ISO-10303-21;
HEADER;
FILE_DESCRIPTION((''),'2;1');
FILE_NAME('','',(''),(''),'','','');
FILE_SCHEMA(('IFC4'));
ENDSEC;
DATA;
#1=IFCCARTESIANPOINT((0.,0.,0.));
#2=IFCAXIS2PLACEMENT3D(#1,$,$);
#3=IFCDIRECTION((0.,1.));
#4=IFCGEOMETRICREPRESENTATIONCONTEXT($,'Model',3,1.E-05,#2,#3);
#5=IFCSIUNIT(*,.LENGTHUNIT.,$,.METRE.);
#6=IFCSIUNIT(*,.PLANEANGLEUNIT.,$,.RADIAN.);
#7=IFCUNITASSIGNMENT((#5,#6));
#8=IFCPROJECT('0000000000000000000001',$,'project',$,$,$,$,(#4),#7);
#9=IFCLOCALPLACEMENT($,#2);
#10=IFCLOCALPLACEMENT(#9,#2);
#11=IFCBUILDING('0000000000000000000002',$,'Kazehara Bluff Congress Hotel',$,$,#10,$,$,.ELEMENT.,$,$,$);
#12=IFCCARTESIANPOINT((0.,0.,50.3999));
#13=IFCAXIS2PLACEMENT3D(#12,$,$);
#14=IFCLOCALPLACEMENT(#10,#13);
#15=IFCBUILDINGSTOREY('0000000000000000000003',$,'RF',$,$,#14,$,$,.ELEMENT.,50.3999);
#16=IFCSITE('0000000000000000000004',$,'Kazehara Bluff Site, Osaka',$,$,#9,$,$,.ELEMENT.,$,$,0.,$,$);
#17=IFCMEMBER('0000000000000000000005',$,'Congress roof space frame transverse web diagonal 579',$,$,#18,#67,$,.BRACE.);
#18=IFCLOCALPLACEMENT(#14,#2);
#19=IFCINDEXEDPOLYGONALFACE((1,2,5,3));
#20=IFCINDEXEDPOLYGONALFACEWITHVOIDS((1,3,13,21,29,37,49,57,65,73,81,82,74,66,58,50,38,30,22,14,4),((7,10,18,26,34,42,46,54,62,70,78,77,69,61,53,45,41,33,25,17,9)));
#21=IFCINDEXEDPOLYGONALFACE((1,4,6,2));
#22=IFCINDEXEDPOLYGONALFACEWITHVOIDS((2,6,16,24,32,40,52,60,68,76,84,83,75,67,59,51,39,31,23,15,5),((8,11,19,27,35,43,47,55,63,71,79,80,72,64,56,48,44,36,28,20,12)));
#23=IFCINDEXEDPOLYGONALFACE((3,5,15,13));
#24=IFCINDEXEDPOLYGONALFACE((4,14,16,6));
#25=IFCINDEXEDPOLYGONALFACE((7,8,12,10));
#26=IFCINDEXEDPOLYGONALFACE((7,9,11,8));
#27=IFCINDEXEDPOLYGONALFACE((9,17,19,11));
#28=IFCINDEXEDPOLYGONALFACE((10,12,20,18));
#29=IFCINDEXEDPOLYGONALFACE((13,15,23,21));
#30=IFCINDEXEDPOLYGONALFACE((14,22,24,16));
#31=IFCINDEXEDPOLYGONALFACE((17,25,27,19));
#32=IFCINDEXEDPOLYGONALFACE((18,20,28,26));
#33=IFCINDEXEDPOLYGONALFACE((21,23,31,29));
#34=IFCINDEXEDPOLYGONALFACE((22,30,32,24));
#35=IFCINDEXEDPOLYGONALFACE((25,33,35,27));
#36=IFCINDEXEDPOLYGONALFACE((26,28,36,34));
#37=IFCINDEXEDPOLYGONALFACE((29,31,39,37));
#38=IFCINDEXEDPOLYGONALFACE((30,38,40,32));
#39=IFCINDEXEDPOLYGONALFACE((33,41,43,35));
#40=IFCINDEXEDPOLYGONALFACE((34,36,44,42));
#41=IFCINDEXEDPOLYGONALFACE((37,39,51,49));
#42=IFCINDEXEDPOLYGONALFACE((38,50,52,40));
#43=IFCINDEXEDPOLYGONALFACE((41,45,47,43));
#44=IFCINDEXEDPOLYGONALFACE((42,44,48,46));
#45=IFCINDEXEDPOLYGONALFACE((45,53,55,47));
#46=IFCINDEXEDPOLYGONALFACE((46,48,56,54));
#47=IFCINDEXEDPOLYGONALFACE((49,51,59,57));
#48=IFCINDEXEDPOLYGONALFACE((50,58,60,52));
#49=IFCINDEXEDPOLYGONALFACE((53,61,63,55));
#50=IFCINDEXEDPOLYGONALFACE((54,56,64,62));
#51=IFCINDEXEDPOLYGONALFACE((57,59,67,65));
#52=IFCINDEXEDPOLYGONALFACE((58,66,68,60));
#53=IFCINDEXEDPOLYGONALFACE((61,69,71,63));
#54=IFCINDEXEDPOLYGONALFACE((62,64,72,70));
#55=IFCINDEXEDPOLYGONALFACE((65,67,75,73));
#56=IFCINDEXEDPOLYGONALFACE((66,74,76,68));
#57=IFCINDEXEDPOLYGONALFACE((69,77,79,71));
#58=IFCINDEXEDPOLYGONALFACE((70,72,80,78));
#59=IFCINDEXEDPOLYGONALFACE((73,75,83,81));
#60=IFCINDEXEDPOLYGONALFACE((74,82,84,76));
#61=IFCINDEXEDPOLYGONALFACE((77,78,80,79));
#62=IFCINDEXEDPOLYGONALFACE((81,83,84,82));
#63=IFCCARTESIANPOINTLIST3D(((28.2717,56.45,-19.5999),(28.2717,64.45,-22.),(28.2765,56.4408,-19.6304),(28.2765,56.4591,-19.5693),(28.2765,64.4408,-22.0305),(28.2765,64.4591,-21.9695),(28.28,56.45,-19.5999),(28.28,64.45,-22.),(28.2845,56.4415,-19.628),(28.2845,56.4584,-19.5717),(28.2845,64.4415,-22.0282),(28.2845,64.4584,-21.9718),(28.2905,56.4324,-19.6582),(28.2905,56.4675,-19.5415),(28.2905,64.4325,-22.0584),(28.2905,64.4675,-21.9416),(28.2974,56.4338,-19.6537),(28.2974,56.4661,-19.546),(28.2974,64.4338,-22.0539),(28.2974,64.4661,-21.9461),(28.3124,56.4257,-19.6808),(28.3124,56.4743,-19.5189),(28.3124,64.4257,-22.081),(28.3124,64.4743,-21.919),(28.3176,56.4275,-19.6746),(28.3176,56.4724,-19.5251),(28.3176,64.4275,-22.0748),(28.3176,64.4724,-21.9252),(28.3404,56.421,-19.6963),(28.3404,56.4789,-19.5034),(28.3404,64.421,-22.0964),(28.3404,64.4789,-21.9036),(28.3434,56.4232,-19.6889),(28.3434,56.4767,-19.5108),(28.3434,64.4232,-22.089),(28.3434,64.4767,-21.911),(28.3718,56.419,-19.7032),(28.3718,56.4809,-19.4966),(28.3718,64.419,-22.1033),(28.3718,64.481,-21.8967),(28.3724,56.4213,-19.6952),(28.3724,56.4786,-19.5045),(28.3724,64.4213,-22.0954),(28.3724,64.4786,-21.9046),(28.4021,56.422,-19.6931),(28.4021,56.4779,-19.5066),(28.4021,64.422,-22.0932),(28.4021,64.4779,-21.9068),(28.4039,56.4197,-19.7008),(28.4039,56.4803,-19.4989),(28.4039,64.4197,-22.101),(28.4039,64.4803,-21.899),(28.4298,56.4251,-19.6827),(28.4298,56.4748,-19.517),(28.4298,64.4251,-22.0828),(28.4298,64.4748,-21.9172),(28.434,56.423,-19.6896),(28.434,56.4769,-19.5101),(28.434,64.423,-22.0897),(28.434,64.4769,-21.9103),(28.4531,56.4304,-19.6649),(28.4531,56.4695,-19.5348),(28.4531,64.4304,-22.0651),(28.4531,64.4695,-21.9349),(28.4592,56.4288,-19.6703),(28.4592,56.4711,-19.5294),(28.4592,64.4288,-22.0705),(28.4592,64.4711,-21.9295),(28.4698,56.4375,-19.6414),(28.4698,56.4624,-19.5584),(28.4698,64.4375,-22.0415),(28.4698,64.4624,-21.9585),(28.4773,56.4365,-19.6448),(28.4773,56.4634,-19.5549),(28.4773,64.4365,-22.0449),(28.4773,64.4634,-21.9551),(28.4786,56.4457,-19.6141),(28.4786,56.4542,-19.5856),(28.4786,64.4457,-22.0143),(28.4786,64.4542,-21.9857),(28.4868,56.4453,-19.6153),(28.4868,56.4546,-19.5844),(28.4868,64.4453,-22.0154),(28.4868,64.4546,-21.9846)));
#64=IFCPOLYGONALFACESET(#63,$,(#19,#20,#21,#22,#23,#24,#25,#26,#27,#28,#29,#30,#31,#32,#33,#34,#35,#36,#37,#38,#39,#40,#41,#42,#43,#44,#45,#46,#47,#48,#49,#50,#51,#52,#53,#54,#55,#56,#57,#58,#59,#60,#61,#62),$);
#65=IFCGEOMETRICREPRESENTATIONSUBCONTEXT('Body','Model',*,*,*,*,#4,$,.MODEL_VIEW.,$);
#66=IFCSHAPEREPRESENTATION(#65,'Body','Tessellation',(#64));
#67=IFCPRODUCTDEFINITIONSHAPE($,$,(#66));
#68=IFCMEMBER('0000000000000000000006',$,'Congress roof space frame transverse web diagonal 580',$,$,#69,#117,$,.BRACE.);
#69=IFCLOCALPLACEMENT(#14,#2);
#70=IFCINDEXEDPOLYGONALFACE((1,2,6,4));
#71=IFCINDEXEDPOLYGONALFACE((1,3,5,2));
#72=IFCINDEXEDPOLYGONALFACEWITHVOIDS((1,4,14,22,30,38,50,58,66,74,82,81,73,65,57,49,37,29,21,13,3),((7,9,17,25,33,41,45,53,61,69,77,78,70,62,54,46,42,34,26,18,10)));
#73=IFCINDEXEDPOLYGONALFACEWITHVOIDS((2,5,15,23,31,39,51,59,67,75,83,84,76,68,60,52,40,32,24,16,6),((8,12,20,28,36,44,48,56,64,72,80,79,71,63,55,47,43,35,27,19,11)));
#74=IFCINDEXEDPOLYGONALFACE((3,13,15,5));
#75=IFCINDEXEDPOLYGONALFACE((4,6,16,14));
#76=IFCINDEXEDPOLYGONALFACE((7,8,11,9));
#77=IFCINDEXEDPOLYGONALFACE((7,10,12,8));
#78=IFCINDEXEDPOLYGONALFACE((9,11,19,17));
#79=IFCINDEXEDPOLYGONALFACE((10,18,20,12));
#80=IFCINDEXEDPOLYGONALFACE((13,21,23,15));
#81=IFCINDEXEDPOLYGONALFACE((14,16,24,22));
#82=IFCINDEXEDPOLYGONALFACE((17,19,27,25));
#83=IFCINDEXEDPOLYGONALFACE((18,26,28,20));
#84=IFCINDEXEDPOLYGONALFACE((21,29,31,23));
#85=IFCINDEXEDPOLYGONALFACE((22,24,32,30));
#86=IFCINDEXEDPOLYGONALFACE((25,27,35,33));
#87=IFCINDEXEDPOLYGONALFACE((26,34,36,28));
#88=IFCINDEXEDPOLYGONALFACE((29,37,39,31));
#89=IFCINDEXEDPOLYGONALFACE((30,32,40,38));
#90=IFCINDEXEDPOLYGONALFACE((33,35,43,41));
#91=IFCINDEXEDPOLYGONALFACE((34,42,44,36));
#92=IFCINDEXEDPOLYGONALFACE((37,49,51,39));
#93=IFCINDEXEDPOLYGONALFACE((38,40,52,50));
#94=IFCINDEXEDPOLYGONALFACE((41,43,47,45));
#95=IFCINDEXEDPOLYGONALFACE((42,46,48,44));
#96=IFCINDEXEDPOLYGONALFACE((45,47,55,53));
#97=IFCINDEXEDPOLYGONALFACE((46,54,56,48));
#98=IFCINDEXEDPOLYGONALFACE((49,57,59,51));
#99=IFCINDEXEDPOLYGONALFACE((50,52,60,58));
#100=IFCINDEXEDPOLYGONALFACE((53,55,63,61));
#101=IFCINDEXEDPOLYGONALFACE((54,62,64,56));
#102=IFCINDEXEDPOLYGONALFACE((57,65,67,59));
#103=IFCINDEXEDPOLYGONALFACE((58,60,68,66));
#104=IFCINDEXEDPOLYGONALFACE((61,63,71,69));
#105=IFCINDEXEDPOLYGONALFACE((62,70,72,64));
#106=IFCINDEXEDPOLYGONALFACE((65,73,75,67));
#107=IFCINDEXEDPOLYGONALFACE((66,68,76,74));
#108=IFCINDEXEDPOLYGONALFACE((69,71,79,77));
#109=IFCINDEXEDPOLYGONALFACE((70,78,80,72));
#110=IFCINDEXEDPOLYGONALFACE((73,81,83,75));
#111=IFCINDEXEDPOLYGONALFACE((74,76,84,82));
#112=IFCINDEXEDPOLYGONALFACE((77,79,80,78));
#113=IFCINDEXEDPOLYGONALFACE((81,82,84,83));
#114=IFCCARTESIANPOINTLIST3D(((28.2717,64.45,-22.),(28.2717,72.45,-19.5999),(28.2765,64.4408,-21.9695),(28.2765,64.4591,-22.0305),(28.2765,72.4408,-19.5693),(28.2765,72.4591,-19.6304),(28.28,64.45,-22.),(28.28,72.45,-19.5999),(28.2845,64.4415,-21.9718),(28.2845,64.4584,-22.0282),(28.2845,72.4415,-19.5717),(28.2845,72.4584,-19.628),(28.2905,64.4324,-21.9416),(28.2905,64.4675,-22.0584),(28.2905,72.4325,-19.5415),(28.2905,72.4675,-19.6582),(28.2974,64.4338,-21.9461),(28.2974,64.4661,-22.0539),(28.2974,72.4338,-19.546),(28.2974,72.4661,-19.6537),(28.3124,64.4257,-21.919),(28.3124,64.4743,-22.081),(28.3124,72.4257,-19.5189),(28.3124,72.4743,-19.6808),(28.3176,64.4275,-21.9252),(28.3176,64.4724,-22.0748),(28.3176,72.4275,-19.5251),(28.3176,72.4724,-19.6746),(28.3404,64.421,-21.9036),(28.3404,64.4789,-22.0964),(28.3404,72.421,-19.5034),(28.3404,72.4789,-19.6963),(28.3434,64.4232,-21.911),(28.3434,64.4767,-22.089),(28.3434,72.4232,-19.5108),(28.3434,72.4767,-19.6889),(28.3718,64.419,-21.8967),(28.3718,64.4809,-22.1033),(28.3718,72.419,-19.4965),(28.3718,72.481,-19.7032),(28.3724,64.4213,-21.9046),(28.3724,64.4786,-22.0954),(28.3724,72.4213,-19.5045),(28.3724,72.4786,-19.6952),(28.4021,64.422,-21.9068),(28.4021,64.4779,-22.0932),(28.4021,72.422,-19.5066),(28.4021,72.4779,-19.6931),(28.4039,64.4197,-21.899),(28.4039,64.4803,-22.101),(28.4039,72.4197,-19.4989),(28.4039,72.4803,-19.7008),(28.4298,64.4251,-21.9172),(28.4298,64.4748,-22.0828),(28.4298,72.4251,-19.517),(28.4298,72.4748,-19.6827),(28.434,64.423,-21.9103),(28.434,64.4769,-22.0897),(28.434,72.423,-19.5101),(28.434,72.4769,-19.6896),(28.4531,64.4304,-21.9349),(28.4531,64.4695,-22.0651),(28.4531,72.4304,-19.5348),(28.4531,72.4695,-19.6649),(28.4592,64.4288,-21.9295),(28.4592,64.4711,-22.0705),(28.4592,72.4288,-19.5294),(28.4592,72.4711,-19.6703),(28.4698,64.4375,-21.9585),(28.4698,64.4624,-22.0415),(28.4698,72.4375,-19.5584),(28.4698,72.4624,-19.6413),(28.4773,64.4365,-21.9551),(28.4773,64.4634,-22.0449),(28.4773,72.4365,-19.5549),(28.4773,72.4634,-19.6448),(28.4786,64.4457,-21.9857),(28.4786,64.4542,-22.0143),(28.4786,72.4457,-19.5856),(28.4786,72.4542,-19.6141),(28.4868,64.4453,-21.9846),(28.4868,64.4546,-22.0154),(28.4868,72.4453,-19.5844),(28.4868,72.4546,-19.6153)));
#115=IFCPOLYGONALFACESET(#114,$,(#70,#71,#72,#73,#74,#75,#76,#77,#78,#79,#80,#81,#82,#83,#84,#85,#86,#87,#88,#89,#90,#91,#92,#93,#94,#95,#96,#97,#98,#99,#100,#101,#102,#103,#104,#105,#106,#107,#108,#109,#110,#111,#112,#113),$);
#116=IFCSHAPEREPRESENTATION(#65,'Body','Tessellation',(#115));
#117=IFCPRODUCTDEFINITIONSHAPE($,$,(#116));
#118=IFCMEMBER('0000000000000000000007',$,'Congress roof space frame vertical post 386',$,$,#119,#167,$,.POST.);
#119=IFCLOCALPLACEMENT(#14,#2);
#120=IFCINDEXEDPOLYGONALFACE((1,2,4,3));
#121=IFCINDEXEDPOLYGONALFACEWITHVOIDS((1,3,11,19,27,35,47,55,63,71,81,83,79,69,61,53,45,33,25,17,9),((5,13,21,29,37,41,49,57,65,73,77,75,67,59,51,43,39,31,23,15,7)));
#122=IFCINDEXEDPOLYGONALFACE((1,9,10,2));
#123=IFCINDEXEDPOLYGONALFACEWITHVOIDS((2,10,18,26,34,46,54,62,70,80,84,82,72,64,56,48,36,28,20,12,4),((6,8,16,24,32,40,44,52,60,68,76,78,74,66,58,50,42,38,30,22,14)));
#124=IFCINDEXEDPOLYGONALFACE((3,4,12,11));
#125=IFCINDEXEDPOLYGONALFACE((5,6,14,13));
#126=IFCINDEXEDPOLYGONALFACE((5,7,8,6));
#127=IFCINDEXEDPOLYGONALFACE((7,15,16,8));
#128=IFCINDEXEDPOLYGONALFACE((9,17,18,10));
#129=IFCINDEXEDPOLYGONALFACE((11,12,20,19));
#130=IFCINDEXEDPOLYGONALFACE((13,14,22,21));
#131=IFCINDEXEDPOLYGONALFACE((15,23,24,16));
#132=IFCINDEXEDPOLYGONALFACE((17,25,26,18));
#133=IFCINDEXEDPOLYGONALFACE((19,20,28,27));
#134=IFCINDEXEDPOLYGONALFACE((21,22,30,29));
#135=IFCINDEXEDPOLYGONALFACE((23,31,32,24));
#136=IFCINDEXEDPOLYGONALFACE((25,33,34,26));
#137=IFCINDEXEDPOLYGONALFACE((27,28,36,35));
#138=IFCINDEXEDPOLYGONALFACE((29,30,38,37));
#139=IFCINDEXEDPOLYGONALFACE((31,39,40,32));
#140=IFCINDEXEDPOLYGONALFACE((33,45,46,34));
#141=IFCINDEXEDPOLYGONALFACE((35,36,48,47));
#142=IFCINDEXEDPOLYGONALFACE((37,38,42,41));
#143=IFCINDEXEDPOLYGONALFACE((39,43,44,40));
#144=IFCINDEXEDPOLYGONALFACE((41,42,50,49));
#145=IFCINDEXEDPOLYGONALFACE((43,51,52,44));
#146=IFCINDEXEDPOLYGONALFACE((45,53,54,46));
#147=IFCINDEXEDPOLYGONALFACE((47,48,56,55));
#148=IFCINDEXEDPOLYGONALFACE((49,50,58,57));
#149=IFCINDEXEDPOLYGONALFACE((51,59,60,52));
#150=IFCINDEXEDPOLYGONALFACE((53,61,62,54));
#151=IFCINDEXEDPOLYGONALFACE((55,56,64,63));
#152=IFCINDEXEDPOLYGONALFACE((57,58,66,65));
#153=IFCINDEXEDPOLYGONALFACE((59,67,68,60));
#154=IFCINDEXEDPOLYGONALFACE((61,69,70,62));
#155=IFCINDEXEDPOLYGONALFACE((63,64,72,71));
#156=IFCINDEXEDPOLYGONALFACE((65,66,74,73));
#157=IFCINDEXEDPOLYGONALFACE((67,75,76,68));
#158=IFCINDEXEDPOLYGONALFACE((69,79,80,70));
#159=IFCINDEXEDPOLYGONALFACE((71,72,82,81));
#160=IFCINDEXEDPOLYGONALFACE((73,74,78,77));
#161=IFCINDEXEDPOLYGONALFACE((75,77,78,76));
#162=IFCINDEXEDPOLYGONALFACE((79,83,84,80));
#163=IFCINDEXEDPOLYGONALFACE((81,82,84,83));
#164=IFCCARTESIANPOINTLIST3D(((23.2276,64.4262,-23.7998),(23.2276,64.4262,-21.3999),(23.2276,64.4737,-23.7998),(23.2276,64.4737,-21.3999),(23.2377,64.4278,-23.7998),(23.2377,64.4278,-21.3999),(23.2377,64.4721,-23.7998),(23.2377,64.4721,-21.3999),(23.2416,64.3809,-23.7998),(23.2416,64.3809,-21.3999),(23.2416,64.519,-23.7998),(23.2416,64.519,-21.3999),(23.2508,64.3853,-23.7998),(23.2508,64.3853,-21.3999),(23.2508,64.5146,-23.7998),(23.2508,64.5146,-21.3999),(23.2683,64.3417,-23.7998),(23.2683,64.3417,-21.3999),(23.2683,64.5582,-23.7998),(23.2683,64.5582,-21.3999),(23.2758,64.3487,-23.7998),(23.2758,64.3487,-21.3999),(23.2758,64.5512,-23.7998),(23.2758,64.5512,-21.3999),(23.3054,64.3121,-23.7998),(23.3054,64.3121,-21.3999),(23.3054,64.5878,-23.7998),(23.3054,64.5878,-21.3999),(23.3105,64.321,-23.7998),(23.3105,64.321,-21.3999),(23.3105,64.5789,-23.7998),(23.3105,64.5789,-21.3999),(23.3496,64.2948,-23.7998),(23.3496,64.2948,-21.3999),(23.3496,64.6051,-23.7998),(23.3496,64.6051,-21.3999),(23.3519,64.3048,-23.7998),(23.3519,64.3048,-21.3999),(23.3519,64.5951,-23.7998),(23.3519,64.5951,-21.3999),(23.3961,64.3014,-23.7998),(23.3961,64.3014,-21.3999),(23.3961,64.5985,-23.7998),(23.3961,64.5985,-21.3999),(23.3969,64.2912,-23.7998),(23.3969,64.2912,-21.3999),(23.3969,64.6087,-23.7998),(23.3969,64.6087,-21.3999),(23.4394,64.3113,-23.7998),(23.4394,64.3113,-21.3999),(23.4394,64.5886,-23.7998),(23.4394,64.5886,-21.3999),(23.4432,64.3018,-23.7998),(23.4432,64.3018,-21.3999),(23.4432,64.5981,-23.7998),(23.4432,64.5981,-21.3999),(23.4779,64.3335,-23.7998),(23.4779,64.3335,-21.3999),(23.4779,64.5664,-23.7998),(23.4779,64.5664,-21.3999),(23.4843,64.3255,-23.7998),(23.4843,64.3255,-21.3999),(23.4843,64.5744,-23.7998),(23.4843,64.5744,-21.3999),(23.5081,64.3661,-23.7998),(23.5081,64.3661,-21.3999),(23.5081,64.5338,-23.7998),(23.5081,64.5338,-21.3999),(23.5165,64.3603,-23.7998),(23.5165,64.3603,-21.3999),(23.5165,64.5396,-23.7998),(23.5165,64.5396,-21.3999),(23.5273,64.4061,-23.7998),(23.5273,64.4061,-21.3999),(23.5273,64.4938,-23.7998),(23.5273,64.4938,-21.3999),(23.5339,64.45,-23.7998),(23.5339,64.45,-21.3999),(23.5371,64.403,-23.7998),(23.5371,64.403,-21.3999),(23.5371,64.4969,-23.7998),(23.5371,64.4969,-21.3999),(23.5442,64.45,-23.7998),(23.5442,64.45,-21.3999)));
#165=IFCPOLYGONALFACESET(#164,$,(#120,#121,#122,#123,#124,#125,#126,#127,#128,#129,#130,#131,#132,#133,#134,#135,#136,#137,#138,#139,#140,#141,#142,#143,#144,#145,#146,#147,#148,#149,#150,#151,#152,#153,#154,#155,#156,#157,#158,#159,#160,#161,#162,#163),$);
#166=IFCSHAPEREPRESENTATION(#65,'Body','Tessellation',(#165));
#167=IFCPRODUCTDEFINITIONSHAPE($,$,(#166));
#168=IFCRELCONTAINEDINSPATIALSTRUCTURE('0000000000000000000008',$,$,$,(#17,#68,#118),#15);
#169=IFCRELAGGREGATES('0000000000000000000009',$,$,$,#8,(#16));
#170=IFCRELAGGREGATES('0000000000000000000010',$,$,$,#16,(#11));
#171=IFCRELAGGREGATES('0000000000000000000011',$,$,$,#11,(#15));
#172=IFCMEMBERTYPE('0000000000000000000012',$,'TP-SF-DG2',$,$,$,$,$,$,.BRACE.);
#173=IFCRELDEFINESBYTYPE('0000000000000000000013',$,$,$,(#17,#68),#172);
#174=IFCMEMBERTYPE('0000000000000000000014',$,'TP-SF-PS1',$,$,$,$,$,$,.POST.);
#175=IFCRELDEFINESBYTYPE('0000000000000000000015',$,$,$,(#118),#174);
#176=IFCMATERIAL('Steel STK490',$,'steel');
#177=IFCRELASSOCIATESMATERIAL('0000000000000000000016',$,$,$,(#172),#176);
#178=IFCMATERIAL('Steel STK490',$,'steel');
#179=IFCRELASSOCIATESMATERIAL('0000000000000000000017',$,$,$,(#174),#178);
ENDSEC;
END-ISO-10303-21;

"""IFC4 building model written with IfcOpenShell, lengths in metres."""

from ifc_helpers import new_model, si_unit, direction, frame, origin, origin_2d, place, context, subcontext, project, spatial, hollow_circle, extrude, material, material_profile, profile_set, type_object, element, save


model = new_model("IFC4")

# Units and contexts
model_context = context("Model", 3, precision=1e-05, world=origin(), true_north=direction((0.0, 1.0)))
body_context = subcontext(model_context, "Body", "Model", "MODEL_VIEW")
ifc_project = project(units=[si_unit("LENGTHUNIT", "METRE"), si_unit("PLANEANGLEUNIT", "RADIAN")], contexts=[model_context])

# Site, building, storey
site_placement = place(None, origin())
site = spatial("IfcSite", under=ifc_project, at=site_placement, Name="Kazehara Bluff Site, Osaka", CompositionType="ELEMENT", RefElevation=0.0)
building_placement = place(site_placement, origin())
building = spatial("IfcBuilding", under=site, at=building_placement, Name="Kazehara Bluff Congress Hotel", CompositionType="ELEMENT")
storey_placement = place(building_placement, frame((0.0, 0.0, 50.3999)))
storey = spatial("IfcBuildingStorey", under=building, at=storey_placement, Name="RF", CompositionType="ELEMENT", Elevation=50.3999)

# Members
ifc_material_1 = material(Name="Steel STK490", Category="steel")
ifc_material_profile_1 = material_profile(ifc_material_1, hollow_circle(Radius=0.1082, WallThickness=0.0083, at=origin_2d()))
ifc_profile_set_1 = profile_set([ifc_material_profile_1], Name="Steel STK490")
member_type_1 = type_object("IfcMemberType", Name="TP-SF-DG2", PredefinedType="BRACE", material=ifc_profile_set_1)
for number, where, z_axis, x_axis, name in (
    (1, (28.3799, 56.45, -19.5999), (0.0, 0.957821, -0.287364), (-1.0, 0.0, 0.0), "Congress roof space frame transverse web diagonal 579"),
    (2, (28.3799, 64.45, -22.0), (0.0, 0.957821, 0.287364), (-1.0, 0.0, 0.0), "Congress roof space frame transverse web diagonal 580"),
):
    element("IfcMember", number, at=place(storey_placement, frame(where, z_axis=z_axis, x_axis=x_axis)), inside=storey, type_object=member_type_1, Name=name, PredefinedType="BRACE", context=body_context, shape_type="SweptSolid", body=[
        extrude(hollow_circle(Radius=0.1082, WallThickness=0.0083, at=origin_2d()), origin(), (0.0, 0.0, 1.0), 8.3523),
    ])
ifc_material_2 = material(Name="Steel STK490", Category="steel")
ifc_material_profile_2 = material_profile(ifc_material_2, hollow_circle(Radius=0.1592, WallThickness=0.0103, at=origin_2d()))
ifc_profile_set_2 = profile_set([ifc_material_profile_2], Name="Steel STK490")
member_type_2 = type_object("IfcMemberType", Name="TP-SF-PS1", PredefinedType="POST", material=ifc_profile_set_2)
member_1_placement = place(storey_placement, frame((23.385, 64.45, -23.7998), z_axis=(0.0, 0.0, 1.0), x_axis=(1.0, 0.0, 0.0)))
element("IfcMember", 3, at=member_1_placement, inside=storey, type_object=member_type_2, Name="Congress roof space frame vertical post 386", PredefinedType="POST", context=body_context, shape_type="SweptSolid", body=[
    extrude(hollow_circle(Radius=0.1592, WallThickness=0.0103, at=origin_2d()), origin(), (0.0, 0.0, 1.0), 2.3999),
])

save(model, "model.ifc")
